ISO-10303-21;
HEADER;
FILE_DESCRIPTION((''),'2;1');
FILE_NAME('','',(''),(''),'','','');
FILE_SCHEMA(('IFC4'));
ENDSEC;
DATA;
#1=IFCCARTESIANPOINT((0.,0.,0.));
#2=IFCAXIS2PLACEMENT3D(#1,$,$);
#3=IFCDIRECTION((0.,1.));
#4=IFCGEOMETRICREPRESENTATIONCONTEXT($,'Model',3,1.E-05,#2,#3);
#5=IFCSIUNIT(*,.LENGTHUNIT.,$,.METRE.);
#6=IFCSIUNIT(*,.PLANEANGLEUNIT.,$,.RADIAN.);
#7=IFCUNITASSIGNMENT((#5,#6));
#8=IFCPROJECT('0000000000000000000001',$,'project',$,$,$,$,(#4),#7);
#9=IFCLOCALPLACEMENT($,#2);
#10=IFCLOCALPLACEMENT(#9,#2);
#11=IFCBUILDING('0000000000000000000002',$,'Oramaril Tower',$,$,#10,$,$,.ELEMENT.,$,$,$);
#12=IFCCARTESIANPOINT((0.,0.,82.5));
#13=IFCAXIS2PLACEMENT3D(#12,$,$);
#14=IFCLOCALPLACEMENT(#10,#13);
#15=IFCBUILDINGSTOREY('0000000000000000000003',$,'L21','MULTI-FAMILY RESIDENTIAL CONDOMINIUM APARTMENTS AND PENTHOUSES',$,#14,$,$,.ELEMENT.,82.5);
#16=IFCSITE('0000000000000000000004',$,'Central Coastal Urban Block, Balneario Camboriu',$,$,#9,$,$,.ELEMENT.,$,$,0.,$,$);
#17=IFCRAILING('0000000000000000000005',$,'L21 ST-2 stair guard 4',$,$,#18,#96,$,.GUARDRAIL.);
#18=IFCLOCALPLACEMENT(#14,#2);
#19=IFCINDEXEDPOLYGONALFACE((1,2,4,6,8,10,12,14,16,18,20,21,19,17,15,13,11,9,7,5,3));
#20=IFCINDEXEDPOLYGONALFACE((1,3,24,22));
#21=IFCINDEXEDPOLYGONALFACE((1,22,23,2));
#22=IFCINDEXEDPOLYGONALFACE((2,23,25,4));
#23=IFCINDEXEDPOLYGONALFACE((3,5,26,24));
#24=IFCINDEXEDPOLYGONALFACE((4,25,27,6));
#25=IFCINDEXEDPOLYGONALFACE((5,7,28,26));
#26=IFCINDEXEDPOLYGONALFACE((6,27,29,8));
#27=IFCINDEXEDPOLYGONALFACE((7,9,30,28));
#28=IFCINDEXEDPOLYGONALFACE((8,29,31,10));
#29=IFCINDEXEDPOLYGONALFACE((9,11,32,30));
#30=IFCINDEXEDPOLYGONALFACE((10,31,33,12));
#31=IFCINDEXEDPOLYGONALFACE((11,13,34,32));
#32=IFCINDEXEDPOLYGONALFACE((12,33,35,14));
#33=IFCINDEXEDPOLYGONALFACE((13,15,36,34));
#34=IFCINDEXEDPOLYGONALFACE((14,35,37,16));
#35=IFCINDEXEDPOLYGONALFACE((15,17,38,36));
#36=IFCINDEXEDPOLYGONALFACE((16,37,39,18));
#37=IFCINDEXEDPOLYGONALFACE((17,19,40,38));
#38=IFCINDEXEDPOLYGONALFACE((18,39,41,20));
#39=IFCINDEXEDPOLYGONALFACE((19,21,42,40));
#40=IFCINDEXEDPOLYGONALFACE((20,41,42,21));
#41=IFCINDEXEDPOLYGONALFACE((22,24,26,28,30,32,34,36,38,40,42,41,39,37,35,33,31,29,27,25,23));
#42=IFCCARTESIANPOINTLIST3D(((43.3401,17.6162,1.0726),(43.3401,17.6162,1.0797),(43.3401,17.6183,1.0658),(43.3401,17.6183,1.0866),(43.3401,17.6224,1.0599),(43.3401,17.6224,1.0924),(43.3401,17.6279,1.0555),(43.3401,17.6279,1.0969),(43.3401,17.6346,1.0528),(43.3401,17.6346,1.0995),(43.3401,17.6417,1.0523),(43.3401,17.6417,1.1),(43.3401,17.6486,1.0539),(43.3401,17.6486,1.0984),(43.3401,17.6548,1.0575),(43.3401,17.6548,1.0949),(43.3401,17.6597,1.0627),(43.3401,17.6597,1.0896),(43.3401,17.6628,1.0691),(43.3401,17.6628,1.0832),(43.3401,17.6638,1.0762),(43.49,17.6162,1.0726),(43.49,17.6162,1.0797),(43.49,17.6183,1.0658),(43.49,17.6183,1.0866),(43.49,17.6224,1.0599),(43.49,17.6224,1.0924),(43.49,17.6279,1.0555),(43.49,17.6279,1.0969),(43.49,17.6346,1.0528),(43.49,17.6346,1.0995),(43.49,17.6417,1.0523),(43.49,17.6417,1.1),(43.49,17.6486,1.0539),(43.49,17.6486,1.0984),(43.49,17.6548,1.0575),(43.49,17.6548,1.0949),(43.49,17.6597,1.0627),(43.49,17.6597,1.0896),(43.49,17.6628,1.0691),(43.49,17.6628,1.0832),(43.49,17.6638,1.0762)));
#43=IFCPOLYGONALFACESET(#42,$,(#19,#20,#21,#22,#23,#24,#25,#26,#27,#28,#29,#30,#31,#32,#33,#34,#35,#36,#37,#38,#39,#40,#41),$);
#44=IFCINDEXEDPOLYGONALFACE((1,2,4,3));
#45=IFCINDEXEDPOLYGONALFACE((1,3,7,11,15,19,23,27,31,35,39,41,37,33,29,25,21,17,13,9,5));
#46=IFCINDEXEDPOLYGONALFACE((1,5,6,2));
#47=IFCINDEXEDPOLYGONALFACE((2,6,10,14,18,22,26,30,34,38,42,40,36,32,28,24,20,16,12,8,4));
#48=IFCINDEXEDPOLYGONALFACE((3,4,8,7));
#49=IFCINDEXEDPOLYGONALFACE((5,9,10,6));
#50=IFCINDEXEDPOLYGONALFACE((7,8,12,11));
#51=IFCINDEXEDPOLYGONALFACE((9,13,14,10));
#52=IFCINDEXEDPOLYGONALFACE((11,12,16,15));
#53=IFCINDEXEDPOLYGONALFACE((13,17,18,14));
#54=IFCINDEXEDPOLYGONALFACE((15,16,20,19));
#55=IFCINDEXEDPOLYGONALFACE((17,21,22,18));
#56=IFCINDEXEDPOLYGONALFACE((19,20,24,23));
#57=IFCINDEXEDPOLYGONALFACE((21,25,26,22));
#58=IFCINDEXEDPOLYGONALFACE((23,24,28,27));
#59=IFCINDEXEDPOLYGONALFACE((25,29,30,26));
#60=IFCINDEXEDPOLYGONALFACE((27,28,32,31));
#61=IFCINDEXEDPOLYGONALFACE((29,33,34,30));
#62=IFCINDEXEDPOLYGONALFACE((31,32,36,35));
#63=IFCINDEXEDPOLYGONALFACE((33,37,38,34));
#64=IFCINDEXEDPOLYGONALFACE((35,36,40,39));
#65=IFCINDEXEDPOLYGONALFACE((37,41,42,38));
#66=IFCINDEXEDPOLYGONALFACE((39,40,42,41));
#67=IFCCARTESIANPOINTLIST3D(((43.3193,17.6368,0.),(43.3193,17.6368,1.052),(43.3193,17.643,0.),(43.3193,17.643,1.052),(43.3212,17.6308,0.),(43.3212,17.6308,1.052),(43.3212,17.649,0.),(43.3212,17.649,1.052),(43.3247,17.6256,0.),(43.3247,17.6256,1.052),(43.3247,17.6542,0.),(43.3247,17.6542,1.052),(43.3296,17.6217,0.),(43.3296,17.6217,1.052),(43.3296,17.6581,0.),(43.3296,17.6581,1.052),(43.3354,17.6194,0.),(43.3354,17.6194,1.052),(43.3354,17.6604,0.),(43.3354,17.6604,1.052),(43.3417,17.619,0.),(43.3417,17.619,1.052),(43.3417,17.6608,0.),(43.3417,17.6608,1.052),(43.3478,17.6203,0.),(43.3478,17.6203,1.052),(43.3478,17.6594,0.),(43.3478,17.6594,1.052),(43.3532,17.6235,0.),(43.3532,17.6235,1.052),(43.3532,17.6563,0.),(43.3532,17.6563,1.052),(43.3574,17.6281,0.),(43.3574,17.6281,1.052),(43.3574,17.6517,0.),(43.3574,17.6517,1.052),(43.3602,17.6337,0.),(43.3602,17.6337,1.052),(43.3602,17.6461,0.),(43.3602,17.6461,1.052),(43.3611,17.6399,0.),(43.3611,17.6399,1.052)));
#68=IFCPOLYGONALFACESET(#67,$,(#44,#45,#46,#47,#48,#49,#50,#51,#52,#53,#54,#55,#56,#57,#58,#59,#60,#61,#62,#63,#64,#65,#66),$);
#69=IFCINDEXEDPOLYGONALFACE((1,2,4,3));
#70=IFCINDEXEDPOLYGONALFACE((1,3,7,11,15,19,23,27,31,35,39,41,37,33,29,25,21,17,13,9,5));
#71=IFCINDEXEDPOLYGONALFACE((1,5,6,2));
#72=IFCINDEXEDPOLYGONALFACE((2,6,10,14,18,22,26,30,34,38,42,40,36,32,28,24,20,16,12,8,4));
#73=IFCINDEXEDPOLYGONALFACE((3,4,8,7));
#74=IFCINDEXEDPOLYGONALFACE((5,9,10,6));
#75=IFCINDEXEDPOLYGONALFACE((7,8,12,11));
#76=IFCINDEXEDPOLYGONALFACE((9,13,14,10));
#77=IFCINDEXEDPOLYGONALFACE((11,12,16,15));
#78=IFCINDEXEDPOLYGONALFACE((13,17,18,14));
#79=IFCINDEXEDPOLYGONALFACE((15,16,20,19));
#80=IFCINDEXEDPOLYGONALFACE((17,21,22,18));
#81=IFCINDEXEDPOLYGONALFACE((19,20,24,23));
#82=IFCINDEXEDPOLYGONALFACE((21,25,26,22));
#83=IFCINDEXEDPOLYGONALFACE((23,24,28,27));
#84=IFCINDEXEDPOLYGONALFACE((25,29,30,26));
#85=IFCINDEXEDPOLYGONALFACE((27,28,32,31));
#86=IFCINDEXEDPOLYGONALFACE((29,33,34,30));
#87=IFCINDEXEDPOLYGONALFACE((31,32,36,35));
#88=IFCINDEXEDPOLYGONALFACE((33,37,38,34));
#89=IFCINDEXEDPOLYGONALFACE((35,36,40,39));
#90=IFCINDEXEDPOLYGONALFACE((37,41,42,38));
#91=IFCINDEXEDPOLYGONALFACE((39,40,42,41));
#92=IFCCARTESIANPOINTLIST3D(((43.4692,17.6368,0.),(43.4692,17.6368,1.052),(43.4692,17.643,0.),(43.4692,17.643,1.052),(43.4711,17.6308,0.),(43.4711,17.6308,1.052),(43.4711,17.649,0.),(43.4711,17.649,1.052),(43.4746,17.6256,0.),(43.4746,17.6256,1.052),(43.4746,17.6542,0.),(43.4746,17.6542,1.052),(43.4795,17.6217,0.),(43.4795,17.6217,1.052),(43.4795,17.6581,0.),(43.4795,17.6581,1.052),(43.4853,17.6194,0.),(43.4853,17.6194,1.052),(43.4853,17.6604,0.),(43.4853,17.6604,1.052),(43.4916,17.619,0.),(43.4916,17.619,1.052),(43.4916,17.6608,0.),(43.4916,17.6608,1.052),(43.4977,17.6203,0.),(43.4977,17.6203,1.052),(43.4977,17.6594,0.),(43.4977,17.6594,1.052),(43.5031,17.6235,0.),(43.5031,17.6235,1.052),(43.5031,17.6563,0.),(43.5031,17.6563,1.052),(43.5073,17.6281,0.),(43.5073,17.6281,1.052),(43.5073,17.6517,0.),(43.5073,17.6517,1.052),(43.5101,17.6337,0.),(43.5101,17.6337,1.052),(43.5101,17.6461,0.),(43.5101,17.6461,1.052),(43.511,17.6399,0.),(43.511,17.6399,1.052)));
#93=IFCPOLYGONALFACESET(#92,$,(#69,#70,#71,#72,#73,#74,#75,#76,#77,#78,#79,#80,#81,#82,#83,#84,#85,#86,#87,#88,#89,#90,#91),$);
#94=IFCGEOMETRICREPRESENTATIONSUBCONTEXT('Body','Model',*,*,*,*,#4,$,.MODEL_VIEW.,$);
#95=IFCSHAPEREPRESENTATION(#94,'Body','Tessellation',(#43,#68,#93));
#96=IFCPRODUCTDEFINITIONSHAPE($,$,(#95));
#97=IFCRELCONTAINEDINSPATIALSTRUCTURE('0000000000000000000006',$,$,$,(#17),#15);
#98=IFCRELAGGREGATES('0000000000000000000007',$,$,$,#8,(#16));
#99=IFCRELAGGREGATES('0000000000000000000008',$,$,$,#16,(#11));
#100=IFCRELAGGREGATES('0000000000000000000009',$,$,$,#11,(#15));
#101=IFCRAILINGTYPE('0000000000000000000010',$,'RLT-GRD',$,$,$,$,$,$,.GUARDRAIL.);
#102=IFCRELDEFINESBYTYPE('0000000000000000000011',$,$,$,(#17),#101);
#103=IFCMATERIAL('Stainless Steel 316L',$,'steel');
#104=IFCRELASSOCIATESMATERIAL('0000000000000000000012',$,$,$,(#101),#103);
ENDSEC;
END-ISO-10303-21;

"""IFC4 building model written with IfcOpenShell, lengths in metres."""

from ifc_helpers import new_model, si_unit, direction, frame, origin, origin_2d, place, context, subcontext, project, spatial, circle, extrude, material, type_object, element, save


model = new_model("IFC4")

# Units and contexts
model_context = context("Model", 3, precision=1e-05, world=origin(), true_north=direction((0.0, 1.0)))
body_context = subcontext(model_context, "Body", "Model", "MODEL_VIEW")
ifc_project = project(units=[si_unit("LENGTHUNIT", "METRE"), si_unit("PLANEANGLEUNIT", "RADIAN")], contexts=[model_context])

# Site, building, storey
site_placement = place(None, origin())
site = spatial("IfcSite", under=ifc_project, at=site_placement, Name="Central Coastal Urban Block, Balneario Camboriu", CompositionType="ELEMENT", RefElevation=0.0)
building_placement = place(site_placement, origin())
building = spatial("IfcBuilding", under=site, at=building_placement, Name="Oramaril Tower", CompositionType="ELEMENT")
storey_placement = place(building_placement, frame((0.0, 0.0, 82.5)))
storey = spatial("IfcBuildingStorey", under=building, at=storey_placement, Name="L21", Description="MULTI-FAMILY RESIDENTIAL CONDOMINIUM APARTMENTS AND PENTHOUSES", CompositionType="ELEMENT", Elevation=82.5)

# Railing
ifc_material_1 = material(Name="Stainless Steel 316L", Category="steel")
railing_type_1 = type_object("IfcRailingType", Name="RLT-GRD", PredefinedType="GUARDRAIL", material=ifc_material_1)
railing_1_placement = place(storey_placement, frame((43.3401, 17.6399, 0.0)))
element("IfcRailing", 1, at=railing_1_placement, inside=storey, type_object=railing_type_1, Name="L21 ST-2 stair guard 4", PredefinedType="GUARDRAIL", context=body_context, shape_type="SweptSolid", body=[
    extrude(circle(Radius=0.0239, at=origin_2d()), frame((0.0, 0.0, 1.0762), z_axis=(1.0, 0.0, 0.0), x_axis=(0.0, 1.0, 0.0)), (0.0, 0.0, 1.0), 0.1499),
    extrude(circle(Radius=0.021, at=origin_2d()), origin(), (0.0, 0.0, 1.0), 1.052),
    extrude(circle(Radius=0.021, at=origin_2d()), frame((0.1499, 0.0, 0.0)), (0.0, 0.0, 1.0), 1.052),
])

save(model, "model.ifc")
